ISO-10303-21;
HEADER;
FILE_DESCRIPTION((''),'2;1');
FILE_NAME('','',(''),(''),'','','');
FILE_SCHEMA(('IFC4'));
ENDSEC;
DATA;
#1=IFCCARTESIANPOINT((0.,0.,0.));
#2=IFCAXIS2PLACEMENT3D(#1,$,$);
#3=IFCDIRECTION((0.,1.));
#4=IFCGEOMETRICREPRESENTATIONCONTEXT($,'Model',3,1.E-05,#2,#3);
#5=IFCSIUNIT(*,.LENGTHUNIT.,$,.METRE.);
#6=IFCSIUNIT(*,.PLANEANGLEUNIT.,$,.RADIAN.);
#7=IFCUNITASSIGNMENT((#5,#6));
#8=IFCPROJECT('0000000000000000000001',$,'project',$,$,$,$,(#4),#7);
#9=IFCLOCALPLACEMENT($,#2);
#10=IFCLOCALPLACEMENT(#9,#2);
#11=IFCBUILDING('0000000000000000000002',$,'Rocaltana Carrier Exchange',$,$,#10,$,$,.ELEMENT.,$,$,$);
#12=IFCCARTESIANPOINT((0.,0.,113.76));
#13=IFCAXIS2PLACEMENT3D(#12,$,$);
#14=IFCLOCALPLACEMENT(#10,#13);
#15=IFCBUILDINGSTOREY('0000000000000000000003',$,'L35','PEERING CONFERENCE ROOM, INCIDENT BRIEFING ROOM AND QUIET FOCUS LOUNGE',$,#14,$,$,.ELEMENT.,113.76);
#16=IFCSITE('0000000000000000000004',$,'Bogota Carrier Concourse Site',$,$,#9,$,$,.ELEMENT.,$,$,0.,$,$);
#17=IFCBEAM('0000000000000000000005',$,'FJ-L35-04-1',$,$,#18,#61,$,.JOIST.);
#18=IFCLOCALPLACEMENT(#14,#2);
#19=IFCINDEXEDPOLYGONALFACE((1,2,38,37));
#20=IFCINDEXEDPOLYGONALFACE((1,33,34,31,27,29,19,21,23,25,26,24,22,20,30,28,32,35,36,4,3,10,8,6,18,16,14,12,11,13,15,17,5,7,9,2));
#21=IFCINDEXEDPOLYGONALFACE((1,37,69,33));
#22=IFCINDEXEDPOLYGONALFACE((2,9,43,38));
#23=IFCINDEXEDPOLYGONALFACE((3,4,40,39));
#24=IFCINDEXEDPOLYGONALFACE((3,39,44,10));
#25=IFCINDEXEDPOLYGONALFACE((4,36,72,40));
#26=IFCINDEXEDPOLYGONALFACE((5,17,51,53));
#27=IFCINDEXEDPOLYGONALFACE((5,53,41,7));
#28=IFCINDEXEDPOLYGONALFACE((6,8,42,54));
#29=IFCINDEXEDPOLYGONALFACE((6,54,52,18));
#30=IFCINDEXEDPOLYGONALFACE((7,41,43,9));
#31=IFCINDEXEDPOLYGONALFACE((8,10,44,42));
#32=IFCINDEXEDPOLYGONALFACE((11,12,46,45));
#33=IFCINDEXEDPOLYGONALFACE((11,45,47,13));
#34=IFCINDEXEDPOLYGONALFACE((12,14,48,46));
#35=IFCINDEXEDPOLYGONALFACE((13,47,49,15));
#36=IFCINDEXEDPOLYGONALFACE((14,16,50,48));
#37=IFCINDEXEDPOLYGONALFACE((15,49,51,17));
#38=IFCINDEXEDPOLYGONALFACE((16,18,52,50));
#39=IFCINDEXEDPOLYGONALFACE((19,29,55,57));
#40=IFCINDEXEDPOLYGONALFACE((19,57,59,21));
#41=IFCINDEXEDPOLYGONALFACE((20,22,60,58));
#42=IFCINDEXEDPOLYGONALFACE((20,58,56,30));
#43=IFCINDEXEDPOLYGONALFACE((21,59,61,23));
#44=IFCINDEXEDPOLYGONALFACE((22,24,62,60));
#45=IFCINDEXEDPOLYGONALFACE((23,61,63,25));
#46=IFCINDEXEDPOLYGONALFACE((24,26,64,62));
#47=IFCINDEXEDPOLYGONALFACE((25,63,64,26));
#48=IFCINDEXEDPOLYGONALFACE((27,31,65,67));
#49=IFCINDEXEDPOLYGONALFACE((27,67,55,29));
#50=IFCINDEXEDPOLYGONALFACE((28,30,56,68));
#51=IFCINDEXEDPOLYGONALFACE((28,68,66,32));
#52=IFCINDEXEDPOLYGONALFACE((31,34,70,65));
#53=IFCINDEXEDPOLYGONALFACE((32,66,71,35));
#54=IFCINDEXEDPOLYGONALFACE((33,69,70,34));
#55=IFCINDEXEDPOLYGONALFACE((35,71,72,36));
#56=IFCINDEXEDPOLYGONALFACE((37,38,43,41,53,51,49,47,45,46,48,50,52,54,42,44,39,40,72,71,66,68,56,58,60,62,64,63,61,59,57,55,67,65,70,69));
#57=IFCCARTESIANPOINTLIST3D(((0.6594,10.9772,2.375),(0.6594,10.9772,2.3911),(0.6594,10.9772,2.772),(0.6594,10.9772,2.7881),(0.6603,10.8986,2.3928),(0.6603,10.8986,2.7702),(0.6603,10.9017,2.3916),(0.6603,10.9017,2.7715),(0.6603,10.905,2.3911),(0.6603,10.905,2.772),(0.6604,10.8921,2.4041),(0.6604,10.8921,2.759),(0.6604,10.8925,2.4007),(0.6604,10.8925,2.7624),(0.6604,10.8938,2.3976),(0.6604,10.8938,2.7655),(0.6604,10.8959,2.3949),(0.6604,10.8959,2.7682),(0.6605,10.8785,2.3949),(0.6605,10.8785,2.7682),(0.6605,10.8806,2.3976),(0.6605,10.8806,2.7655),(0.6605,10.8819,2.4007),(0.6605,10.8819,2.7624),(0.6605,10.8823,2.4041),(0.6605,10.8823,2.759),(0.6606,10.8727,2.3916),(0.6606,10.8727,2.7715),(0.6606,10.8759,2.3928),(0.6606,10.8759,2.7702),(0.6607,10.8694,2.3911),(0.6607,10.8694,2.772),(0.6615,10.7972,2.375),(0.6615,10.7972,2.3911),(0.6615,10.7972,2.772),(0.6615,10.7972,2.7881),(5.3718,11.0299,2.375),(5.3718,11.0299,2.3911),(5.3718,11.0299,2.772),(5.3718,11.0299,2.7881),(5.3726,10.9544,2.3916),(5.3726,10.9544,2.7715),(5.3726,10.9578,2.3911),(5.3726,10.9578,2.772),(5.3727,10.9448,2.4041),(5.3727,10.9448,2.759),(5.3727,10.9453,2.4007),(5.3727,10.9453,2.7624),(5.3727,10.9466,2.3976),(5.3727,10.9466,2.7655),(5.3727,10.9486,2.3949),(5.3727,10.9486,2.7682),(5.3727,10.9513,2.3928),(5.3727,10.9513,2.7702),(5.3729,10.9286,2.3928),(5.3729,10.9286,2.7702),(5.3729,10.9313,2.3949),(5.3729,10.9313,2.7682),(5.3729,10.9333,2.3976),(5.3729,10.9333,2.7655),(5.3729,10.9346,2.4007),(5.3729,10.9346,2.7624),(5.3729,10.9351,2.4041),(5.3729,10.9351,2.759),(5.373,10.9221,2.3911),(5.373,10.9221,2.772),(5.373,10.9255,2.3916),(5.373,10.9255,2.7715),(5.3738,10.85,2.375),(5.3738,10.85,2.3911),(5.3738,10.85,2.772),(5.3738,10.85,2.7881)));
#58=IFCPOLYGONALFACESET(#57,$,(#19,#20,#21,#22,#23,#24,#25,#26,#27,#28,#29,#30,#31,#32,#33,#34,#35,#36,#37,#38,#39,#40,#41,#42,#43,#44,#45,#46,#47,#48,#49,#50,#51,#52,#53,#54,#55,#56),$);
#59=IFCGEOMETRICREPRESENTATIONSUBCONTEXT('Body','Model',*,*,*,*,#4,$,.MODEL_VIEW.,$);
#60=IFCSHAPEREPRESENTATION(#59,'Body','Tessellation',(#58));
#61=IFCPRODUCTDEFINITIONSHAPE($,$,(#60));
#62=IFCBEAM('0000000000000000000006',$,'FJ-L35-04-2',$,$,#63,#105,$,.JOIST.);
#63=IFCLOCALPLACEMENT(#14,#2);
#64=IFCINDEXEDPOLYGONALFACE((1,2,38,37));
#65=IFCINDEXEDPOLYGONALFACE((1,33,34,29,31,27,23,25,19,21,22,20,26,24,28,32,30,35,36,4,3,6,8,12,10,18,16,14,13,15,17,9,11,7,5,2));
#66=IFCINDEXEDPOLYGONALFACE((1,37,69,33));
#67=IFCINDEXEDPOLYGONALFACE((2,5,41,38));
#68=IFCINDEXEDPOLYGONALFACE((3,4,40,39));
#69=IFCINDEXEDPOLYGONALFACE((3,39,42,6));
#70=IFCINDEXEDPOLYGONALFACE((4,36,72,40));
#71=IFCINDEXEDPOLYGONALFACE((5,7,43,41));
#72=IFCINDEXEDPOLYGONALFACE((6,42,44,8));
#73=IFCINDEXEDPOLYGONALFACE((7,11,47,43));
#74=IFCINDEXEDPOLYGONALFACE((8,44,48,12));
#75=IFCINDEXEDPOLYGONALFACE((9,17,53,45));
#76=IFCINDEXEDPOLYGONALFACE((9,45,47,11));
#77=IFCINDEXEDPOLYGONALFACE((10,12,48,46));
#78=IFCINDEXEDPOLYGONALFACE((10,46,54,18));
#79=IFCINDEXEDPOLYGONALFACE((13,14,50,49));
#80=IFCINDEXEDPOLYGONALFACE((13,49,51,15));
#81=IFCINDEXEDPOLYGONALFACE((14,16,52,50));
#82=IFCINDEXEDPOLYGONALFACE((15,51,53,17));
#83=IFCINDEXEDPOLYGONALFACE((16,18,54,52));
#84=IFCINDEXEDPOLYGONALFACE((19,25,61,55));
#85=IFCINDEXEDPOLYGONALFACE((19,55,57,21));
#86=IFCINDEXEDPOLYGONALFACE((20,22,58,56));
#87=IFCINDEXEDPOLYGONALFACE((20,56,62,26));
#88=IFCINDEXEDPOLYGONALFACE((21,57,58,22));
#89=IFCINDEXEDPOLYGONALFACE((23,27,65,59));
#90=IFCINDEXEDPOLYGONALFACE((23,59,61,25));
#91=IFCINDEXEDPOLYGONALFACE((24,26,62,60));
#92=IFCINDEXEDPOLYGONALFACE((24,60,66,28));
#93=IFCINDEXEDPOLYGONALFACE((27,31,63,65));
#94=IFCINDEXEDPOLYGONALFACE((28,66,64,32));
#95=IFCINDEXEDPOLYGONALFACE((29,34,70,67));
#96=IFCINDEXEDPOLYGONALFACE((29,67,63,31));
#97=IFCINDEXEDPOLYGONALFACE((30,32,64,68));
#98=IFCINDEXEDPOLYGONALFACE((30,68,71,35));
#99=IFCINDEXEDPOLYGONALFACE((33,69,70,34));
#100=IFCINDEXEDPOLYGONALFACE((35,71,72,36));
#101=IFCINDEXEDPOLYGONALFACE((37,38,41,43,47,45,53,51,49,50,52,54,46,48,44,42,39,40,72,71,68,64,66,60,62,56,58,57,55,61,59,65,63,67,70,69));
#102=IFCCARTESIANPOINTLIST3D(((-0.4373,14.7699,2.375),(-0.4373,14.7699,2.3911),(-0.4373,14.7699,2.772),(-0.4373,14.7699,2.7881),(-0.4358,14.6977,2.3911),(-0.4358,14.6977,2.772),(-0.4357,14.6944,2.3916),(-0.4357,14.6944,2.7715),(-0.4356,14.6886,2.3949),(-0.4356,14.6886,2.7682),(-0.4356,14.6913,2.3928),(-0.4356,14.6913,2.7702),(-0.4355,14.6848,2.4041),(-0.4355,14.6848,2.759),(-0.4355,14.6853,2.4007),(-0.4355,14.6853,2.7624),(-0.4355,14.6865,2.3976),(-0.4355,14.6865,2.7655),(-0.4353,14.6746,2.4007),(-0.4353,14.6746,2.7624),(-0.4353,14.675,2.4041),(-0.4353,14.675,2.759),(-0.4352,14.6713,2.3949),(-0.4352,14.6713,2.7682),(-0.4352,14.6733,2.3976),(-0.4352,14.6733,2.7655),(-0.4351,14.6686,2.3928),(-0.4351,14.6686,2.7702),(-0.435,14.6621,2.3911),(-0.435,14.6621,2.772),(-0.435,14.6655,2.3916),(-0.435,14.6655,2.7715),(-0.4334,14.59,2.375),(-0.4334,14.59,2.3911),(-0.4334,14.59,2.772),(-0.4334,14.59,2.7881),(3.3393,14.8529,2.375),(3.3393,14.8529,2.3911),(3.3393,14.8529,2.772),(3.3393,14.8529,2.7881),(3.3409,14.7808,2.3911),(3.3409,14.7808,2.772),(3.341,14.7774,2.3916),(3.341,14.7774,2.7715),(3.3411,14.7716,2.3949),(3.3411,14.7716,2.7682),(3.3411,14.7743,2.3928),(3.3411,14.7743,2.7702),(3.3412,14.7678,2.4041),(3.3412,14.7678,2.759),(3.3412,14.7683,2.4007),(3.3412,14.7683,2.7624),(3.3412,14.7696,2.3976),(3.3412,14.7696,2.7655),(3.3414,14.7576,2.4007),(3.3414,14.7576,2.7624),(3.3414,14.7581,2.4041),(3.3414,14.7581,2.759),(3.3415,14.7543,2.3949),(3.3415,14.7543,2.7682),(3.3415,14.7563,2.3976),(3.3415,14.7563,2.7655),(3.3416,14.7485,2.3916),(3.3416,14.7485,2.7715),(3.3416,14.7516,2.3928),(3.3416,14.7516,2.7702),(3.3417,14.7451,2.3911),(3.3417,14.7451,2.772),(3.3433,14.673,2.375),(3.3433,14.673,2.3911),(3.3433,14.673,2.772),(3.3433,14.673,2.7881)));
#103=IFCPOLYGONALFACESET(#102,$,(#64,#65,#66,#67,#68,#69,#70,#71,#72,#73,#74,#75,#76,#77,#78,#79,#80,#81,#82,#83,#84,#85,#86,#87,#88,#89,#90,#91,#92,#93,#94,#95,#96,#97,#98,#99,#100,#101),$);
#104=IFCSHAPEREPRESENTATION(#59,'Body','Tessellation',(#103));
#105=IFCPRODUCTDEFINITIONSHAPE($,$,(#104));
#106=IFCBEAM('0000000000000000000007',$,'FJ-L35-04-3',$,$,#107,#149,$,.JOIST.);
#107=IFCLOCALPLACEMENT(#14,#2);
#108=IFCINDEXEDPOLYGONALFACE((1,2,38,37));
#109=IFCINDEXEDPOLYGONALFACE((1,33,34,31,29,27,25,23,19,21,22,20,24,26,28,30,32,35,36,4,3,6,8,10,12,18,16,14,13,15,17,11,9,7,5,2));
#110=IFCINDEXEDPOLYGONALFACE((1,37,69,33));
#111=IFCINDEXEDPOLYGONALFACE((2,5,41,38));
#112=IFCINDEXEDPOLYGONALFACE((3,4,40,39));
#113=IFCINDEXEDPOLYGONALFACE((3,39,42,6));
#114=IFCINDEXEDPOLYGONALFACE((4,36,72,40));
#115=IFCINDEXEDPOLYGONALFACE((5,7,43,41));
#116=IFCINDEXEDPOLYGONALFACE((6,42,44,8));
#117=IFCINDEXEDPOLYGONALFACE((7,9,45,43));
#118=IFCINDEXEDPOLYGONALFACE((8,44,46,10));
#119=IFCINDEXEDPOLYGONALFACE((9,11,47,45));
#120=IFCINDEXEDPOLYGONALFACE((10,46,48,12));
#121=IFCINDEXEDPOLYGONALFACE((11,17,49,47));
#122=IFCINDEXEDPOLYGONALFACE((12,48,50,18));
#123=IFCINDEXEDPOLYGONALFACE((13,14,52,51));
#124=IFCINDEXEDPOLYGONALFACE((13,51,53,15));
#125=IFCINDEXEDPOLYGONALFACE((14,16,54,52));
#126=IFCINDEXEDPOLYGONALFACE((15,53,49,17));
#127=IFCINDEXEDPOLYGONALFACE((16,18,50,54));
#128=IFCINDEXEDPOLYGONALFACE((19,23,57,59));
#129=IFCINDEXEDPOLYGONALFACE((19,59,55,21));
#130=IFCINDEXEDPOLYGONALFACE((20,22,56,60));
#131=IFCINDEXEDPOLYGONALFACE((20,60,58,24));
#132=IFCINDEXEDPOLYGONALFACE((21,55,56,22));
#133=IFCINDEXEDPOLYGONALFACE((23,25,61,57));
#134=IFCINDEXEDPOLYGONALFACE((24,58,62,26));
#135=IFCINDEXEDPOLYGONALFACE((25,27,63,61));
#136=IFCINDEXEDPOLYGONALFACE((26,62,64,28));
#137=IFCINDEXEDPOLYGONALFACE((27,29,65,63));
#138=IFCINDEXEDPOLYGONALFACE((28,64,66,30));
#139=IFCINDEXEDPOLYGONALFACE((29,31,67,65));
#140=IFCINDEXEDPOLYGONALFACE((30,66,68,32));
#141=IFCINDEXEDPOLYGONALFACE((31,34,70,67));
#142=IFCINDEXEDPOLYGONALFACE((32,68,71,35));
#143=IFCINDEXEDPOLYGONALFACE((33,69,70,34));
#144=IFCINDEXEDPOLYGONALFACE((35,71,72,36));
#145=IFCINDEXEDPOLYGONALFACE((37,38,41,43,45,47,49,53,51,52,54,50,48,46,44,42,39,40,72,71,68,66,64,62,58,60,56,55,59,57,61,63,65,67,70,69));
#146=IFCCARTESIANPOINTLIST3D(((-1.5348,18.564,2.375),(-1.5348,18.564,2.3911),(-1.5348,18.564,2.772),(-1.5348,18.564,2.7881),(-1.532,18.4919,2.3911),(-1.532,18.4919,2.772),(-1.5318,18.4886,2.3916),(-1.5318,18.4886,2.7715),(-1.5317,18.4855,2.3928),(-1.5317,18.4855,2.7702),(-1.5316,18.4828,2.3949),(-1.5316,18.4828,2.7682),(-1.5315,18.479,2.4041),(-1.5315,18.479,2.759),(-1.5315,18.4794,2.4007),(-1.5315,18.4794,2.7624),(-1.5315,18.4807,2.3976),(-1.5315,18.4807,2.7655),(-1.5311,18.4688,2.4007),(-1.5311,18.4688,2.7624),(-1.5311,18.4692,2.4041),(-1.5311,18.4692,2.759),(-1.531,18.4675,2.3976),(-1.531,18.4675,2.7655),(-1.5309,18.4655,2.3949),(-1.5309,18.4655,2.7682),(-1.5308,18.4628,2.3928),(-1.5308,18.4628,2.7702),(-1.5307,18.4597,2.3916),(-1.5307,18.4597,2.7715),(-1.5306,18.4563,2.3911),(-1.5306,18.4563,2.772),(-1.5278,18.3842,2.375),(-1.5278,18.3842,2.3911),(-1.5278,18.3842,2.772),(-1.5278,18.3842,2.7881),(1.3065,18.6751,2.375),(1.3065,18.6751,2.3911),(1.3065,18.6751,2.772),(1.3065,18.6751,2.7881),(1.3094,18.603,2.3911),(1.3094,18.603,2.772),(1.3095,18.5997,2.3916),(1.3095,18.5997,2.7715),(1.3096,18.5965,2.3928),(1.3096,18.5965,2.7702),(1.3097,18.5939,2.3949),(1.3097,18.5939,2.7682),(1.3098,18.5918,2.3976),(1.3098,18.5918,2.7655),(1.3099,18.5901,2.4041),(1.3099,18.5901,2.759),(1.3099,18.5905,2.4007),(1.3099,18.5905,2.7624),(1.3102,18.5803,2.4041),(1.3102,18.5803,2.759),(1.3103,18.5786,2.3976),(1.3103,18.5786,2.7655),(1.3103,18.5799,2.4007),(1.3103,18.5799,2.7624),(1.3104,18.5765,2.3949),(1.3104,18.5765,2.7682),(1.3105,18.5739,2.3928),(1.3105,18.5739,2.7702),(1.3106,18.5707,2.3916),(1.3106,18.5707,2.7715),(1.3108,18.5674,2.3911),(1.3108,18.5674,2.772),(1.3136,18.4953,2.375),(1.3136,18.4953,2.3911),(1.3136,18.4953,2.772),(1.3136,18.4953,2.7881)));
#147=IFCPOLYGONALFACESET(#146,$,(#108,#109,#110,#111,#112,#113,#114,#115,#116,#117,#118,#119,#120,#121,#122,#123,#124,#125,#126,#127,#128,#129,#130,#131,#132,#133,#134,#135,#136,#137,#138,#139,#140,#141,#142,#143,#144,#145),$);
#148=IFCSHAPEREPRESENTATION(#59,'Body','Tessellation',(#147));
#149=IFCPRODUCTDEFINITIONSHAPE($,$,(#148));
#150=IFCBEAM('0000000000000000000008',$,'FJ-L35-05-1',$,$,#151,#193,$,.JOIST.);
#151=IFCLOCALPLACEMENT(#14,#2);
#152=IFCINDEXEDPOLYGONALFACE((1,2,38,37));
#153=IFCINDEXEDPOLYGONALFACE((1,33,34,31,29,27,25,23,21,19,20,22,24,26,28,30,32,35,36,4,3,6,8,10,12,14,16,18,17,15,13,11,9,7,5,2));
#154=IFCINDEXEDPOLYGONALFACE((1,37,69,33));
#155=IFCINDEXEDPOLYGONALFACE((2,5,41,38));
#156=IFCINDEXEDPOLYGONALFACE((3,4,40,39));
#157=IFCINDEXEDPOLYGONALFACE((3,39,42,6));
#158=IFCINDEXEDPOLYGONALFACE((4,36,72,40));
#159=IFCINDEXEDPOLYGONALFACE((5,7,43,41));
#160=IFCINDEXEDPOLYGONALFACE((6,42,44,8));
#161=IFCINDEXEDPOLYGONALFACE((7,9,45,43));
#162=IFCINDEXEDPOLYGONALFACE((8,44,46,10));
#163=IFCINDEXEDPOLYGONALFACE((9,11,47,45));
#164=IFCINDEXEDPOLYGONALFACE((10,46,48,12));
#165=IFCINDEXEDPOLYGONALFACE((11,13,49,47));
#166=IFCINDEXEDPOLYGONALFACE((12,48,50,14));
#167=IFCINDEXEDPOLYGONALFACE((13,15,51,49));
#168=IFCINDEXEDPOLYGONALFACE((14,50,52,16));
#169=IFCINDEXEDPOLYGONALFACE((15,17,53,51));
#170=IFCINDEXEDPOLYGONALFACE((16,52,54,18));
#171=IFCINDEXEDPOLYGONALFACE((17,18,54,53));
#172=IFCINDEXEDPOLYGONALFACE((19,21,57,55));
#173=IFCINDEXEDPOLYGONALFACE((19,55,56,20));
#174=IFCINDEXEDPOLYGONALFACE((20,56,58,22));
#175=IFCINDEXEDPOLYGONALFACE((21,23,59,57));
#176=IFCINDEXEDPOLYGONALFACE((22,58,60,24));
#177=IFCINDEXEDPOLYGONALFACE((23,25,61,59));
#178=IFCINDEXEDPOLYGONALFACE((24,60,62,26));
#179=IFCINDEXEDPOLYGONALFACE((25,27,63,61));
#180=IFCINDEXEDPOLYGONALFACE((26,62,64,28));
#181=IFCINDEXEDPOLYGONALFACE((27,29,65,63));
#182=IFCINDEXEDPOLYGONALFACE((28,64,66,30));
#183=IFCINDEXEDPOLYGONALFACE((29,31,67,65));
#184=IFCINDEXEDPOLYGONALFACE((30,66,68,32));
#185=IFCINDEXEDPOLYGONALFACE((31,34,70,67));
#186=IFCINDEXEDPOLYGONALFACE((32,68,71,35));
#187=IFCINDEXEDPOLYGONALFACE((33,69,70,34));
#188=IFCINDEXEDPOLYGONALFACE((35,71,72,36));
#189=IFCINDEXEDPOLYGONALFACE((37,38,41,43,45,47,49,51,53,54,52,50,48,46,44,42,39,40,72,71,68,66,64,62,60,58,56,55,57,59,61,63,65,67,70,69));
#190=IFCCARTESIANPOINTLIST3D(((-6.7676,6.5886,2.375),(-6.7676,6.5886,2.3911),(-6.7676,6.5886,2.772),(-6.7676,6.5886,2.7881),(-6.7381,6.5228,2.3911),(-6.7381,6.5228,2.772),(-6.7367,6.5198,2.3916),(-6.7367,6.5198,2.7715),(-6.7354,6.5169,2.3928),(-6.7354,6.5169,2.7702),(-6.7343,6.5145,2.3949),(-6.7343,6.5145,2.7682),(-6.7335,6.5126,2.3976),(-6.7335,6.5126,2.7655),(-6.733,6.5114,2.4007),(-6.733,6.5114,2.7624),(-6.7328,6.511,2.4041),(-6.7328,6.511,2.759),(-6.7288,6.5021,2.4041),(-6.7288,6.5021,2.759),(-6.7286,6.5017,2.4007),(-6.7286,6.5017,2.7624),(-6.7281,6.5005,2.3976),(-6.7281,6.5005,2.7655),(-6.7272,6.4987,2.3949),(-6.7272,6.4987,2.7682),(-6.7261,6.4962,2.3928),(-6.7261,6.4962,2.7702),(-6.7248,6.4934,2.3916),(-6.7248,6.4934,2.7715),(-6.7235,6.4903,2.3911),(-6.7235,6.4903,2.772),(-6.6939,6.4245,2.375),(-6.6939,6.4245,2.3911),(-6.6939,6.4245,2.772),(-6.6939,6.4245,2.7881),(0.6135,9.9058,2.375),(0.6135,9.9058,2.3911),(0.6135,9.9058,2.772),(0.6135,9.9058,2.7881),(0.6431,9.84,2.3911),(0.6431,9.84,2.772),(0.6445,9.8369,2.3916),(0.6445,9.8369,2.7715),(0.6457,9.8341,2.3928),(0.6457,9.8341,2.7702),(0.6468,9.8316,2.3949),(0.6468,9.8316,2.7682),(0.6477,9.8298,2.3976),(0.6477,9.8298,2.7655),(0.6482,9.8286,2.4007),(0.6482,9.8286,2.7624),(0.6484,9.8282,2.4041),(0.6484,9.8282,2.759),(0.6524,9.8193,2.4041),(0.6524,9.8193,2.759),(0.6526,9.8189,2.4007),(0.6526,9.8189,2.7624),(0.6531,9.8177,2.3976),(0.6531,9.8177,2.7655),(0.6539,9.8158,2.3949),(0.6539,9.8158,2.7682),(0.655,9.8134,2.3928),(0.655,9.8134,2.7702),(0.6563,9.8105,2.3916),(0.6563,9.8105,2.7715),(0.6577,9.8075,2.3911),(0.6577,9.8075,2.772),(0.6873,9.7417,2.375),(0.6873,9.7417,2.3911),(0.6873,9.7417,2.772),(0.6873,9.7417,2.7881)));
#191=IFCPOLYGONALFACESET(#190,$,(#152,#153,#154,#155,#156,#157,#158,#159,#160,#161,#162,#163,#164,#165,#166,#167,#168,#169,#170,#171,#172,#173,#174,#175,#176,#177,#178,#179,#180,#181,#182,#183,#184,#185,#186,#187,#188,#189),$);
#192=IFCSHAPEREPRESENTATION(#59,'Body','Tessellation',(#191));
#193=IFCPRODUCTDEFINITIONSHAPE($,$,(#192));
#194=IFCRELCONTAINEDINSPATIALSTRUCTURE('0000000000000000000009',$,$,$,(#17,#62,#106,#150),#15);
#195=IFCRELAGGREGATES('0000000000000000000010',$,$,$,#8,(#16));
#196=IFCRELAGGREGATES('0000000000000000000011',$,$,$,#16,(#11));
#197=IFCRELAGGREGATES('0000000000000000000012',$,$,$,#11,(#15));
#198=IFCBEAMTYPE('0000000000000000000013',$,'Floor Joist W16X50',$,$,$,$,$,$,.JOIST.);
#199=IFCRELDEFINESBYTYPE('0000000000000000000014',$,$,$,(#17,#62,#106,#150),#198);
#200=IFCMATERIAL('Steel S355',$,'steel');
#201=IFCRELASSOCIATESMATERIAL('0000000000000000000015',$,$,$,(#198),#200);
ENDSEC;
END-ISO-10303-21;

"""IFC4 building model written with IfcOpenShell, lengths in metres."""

from ifc_helpers import new_model, si_unit, direction, frame, origin, origin_2d, place, context, subcontext, project, spatial, i_section, extrude, material, material_profile, profile_set, type_object, element, save


model = new_model("IFC4")

# Units and contexts
model_context = context("Model", 3, precision=1e-05, world=origin(), true_north=direction((0.0, 1.0)))
body_context = subcontext(model_context, "Body", "Model", "MODEL_VIEW")
ifc_project = project(units=[si_unit("LENGTHUNIT", "METRE"), si_unit("PLANEANGLEUNIT", "RADIAN")], contexts=[model_context])

# Site, building, storey
site_placement = place(None, origin())
site = spatial("IfcSite", under=ifc_project, at=site_placement, Name="Bogota Carrier Concourse Site", CompositionType="ELEMENT", RefElevation=0.0)
building_placement = place(site_placement, origin())
building = spatial("IfcBuilding", under=site, at=building_placement, Name="Rocaltana Carrier Exchange", CompositionType="ELEMENT")
storey_placement = place(building_placement, frame((0.0, 0.0, 113.76)))
storey = spatial("IfcBuildingStorey", under=building, at=storey_placement, Name="L35", Description="PEERING CONFERENCE ROOM, INCIDENT BRIEFING ROOM AND QUIET FOCUS LOUNGE", CompositionType="ELEMENT", Elevation=113.76)

# Beams
ifc_material_1 = material(Name="Steel S355", Category="steel")
ifc_material_profile_1 = material_profile(ifc_material_1, i_section(OverallWidth=0.1799, OverallDepth=0.4131, WebThickness=0.0098, FlangeThickness=0.0161, FilletRadius=0.0129, at=origin_2d()), Name="W16X50")
ifc_profile_set_1 = profile_set([ifc_material_profile_1], Name="Steel S355")
beam_type_1 = type_object("IfcBeamType", Name="Floor Joist W16X50", PredefinedType="JOIST", material=ifc_profile_set_1)
beam_1_placement = place(storey_placement, frame((5.3728, 10.9399, 2.5815), z_axis=(-0.999937, -0.01119, 0.0), x_axis=(0.01119, -0.999937, 0.0)))
element("IfcBeam", 1, at=beam_1_placement, inside=storey, type_object=beam_type_1, Name="FJ-L35-04-1", PredefinedType="JOIST", context=body_context, shape_type="SweptSolid", body=[
    extrude(i_section(OverallWidth=0.1799, OverallDepth=0.4131, WebThickness=0.0098, FlangeThickness=0.0161, FilletRadius=0.0129, at=origin_2d()), origin(), (0.0, 0.0, 1.0), 4.7126),
])
beam_2_placement = place(storey_placement, frame((3.3413, 14.7629, 2.5815), z_axis=(-0.999759, -0.021974, 0.0), x_axis=(0.021974, -0.999759, 0.0)))
element("IfcBeam", 2, at=beam_2_placement, inside=storey, type_object=beam_type_1, Name="FJ-L35-04-2", PredefinedType="JOIST", context=body_context, shape_type="SweptSolid", body=[
    extrude(i_section(OverallWidth=0.1799, OverallDepth=0.4131, WebThickness=0.0098, FlangeThickness=0.0161, FilletRadius=0.0129, at=origin_2d()), origin(), (0.0, 0.0, 1.0), 3.7776),
])
beam_3_placement = place(storey_placement, frame((1.3101, 18.5852, 2.5815), z_axis=(-0.999237, -0.039066, 0.0), x_axis=(0.039066, -0.999237, 0.0)))
element("IfcBeam", 3, at=beam_3_placement, inside=storey, type_object=beam_type_1, Name="FJ-L35-04-3", PredefinedType="JOIST", context=body_context, shape_type="SweptSolid", body=[
    extrude(i_section(OverallWidth=0.1799, OverallDepth=0.4131, WebThickness=0.0098, FlangeThickness=0.0161, FilletRadius=0.0129, at=origin_2d()), origin(), (0.0, 0.0, 1.0), 2.8435),
])
beam_4_placement = place(storey_placement, frame((0.6504, 9.8237, 2.5815), z_axis=(-0.912123, -0.409917, 0.0), x_axis=(0.409917, -0.912123, 0.0)))
element("IfcBeam", 4, at=beam_4_placement, inside=storey, type_object=beam_type_1, Name="FJ-L35-05-1", PredefinedType="JOIST", context=body_context, shape_type="SweptSolid", body=[
    extrude(i_section(OverallWidth=0.1799, OverallDepth=0.4131, WebThickness=0.0098, FlangeThickness=0.0161, FilletRadius=0.0129, at=origin_2d()), origin(), (0.0, 0.0, 1.0), 8.0923),
])

save(model, "model.ifc")
